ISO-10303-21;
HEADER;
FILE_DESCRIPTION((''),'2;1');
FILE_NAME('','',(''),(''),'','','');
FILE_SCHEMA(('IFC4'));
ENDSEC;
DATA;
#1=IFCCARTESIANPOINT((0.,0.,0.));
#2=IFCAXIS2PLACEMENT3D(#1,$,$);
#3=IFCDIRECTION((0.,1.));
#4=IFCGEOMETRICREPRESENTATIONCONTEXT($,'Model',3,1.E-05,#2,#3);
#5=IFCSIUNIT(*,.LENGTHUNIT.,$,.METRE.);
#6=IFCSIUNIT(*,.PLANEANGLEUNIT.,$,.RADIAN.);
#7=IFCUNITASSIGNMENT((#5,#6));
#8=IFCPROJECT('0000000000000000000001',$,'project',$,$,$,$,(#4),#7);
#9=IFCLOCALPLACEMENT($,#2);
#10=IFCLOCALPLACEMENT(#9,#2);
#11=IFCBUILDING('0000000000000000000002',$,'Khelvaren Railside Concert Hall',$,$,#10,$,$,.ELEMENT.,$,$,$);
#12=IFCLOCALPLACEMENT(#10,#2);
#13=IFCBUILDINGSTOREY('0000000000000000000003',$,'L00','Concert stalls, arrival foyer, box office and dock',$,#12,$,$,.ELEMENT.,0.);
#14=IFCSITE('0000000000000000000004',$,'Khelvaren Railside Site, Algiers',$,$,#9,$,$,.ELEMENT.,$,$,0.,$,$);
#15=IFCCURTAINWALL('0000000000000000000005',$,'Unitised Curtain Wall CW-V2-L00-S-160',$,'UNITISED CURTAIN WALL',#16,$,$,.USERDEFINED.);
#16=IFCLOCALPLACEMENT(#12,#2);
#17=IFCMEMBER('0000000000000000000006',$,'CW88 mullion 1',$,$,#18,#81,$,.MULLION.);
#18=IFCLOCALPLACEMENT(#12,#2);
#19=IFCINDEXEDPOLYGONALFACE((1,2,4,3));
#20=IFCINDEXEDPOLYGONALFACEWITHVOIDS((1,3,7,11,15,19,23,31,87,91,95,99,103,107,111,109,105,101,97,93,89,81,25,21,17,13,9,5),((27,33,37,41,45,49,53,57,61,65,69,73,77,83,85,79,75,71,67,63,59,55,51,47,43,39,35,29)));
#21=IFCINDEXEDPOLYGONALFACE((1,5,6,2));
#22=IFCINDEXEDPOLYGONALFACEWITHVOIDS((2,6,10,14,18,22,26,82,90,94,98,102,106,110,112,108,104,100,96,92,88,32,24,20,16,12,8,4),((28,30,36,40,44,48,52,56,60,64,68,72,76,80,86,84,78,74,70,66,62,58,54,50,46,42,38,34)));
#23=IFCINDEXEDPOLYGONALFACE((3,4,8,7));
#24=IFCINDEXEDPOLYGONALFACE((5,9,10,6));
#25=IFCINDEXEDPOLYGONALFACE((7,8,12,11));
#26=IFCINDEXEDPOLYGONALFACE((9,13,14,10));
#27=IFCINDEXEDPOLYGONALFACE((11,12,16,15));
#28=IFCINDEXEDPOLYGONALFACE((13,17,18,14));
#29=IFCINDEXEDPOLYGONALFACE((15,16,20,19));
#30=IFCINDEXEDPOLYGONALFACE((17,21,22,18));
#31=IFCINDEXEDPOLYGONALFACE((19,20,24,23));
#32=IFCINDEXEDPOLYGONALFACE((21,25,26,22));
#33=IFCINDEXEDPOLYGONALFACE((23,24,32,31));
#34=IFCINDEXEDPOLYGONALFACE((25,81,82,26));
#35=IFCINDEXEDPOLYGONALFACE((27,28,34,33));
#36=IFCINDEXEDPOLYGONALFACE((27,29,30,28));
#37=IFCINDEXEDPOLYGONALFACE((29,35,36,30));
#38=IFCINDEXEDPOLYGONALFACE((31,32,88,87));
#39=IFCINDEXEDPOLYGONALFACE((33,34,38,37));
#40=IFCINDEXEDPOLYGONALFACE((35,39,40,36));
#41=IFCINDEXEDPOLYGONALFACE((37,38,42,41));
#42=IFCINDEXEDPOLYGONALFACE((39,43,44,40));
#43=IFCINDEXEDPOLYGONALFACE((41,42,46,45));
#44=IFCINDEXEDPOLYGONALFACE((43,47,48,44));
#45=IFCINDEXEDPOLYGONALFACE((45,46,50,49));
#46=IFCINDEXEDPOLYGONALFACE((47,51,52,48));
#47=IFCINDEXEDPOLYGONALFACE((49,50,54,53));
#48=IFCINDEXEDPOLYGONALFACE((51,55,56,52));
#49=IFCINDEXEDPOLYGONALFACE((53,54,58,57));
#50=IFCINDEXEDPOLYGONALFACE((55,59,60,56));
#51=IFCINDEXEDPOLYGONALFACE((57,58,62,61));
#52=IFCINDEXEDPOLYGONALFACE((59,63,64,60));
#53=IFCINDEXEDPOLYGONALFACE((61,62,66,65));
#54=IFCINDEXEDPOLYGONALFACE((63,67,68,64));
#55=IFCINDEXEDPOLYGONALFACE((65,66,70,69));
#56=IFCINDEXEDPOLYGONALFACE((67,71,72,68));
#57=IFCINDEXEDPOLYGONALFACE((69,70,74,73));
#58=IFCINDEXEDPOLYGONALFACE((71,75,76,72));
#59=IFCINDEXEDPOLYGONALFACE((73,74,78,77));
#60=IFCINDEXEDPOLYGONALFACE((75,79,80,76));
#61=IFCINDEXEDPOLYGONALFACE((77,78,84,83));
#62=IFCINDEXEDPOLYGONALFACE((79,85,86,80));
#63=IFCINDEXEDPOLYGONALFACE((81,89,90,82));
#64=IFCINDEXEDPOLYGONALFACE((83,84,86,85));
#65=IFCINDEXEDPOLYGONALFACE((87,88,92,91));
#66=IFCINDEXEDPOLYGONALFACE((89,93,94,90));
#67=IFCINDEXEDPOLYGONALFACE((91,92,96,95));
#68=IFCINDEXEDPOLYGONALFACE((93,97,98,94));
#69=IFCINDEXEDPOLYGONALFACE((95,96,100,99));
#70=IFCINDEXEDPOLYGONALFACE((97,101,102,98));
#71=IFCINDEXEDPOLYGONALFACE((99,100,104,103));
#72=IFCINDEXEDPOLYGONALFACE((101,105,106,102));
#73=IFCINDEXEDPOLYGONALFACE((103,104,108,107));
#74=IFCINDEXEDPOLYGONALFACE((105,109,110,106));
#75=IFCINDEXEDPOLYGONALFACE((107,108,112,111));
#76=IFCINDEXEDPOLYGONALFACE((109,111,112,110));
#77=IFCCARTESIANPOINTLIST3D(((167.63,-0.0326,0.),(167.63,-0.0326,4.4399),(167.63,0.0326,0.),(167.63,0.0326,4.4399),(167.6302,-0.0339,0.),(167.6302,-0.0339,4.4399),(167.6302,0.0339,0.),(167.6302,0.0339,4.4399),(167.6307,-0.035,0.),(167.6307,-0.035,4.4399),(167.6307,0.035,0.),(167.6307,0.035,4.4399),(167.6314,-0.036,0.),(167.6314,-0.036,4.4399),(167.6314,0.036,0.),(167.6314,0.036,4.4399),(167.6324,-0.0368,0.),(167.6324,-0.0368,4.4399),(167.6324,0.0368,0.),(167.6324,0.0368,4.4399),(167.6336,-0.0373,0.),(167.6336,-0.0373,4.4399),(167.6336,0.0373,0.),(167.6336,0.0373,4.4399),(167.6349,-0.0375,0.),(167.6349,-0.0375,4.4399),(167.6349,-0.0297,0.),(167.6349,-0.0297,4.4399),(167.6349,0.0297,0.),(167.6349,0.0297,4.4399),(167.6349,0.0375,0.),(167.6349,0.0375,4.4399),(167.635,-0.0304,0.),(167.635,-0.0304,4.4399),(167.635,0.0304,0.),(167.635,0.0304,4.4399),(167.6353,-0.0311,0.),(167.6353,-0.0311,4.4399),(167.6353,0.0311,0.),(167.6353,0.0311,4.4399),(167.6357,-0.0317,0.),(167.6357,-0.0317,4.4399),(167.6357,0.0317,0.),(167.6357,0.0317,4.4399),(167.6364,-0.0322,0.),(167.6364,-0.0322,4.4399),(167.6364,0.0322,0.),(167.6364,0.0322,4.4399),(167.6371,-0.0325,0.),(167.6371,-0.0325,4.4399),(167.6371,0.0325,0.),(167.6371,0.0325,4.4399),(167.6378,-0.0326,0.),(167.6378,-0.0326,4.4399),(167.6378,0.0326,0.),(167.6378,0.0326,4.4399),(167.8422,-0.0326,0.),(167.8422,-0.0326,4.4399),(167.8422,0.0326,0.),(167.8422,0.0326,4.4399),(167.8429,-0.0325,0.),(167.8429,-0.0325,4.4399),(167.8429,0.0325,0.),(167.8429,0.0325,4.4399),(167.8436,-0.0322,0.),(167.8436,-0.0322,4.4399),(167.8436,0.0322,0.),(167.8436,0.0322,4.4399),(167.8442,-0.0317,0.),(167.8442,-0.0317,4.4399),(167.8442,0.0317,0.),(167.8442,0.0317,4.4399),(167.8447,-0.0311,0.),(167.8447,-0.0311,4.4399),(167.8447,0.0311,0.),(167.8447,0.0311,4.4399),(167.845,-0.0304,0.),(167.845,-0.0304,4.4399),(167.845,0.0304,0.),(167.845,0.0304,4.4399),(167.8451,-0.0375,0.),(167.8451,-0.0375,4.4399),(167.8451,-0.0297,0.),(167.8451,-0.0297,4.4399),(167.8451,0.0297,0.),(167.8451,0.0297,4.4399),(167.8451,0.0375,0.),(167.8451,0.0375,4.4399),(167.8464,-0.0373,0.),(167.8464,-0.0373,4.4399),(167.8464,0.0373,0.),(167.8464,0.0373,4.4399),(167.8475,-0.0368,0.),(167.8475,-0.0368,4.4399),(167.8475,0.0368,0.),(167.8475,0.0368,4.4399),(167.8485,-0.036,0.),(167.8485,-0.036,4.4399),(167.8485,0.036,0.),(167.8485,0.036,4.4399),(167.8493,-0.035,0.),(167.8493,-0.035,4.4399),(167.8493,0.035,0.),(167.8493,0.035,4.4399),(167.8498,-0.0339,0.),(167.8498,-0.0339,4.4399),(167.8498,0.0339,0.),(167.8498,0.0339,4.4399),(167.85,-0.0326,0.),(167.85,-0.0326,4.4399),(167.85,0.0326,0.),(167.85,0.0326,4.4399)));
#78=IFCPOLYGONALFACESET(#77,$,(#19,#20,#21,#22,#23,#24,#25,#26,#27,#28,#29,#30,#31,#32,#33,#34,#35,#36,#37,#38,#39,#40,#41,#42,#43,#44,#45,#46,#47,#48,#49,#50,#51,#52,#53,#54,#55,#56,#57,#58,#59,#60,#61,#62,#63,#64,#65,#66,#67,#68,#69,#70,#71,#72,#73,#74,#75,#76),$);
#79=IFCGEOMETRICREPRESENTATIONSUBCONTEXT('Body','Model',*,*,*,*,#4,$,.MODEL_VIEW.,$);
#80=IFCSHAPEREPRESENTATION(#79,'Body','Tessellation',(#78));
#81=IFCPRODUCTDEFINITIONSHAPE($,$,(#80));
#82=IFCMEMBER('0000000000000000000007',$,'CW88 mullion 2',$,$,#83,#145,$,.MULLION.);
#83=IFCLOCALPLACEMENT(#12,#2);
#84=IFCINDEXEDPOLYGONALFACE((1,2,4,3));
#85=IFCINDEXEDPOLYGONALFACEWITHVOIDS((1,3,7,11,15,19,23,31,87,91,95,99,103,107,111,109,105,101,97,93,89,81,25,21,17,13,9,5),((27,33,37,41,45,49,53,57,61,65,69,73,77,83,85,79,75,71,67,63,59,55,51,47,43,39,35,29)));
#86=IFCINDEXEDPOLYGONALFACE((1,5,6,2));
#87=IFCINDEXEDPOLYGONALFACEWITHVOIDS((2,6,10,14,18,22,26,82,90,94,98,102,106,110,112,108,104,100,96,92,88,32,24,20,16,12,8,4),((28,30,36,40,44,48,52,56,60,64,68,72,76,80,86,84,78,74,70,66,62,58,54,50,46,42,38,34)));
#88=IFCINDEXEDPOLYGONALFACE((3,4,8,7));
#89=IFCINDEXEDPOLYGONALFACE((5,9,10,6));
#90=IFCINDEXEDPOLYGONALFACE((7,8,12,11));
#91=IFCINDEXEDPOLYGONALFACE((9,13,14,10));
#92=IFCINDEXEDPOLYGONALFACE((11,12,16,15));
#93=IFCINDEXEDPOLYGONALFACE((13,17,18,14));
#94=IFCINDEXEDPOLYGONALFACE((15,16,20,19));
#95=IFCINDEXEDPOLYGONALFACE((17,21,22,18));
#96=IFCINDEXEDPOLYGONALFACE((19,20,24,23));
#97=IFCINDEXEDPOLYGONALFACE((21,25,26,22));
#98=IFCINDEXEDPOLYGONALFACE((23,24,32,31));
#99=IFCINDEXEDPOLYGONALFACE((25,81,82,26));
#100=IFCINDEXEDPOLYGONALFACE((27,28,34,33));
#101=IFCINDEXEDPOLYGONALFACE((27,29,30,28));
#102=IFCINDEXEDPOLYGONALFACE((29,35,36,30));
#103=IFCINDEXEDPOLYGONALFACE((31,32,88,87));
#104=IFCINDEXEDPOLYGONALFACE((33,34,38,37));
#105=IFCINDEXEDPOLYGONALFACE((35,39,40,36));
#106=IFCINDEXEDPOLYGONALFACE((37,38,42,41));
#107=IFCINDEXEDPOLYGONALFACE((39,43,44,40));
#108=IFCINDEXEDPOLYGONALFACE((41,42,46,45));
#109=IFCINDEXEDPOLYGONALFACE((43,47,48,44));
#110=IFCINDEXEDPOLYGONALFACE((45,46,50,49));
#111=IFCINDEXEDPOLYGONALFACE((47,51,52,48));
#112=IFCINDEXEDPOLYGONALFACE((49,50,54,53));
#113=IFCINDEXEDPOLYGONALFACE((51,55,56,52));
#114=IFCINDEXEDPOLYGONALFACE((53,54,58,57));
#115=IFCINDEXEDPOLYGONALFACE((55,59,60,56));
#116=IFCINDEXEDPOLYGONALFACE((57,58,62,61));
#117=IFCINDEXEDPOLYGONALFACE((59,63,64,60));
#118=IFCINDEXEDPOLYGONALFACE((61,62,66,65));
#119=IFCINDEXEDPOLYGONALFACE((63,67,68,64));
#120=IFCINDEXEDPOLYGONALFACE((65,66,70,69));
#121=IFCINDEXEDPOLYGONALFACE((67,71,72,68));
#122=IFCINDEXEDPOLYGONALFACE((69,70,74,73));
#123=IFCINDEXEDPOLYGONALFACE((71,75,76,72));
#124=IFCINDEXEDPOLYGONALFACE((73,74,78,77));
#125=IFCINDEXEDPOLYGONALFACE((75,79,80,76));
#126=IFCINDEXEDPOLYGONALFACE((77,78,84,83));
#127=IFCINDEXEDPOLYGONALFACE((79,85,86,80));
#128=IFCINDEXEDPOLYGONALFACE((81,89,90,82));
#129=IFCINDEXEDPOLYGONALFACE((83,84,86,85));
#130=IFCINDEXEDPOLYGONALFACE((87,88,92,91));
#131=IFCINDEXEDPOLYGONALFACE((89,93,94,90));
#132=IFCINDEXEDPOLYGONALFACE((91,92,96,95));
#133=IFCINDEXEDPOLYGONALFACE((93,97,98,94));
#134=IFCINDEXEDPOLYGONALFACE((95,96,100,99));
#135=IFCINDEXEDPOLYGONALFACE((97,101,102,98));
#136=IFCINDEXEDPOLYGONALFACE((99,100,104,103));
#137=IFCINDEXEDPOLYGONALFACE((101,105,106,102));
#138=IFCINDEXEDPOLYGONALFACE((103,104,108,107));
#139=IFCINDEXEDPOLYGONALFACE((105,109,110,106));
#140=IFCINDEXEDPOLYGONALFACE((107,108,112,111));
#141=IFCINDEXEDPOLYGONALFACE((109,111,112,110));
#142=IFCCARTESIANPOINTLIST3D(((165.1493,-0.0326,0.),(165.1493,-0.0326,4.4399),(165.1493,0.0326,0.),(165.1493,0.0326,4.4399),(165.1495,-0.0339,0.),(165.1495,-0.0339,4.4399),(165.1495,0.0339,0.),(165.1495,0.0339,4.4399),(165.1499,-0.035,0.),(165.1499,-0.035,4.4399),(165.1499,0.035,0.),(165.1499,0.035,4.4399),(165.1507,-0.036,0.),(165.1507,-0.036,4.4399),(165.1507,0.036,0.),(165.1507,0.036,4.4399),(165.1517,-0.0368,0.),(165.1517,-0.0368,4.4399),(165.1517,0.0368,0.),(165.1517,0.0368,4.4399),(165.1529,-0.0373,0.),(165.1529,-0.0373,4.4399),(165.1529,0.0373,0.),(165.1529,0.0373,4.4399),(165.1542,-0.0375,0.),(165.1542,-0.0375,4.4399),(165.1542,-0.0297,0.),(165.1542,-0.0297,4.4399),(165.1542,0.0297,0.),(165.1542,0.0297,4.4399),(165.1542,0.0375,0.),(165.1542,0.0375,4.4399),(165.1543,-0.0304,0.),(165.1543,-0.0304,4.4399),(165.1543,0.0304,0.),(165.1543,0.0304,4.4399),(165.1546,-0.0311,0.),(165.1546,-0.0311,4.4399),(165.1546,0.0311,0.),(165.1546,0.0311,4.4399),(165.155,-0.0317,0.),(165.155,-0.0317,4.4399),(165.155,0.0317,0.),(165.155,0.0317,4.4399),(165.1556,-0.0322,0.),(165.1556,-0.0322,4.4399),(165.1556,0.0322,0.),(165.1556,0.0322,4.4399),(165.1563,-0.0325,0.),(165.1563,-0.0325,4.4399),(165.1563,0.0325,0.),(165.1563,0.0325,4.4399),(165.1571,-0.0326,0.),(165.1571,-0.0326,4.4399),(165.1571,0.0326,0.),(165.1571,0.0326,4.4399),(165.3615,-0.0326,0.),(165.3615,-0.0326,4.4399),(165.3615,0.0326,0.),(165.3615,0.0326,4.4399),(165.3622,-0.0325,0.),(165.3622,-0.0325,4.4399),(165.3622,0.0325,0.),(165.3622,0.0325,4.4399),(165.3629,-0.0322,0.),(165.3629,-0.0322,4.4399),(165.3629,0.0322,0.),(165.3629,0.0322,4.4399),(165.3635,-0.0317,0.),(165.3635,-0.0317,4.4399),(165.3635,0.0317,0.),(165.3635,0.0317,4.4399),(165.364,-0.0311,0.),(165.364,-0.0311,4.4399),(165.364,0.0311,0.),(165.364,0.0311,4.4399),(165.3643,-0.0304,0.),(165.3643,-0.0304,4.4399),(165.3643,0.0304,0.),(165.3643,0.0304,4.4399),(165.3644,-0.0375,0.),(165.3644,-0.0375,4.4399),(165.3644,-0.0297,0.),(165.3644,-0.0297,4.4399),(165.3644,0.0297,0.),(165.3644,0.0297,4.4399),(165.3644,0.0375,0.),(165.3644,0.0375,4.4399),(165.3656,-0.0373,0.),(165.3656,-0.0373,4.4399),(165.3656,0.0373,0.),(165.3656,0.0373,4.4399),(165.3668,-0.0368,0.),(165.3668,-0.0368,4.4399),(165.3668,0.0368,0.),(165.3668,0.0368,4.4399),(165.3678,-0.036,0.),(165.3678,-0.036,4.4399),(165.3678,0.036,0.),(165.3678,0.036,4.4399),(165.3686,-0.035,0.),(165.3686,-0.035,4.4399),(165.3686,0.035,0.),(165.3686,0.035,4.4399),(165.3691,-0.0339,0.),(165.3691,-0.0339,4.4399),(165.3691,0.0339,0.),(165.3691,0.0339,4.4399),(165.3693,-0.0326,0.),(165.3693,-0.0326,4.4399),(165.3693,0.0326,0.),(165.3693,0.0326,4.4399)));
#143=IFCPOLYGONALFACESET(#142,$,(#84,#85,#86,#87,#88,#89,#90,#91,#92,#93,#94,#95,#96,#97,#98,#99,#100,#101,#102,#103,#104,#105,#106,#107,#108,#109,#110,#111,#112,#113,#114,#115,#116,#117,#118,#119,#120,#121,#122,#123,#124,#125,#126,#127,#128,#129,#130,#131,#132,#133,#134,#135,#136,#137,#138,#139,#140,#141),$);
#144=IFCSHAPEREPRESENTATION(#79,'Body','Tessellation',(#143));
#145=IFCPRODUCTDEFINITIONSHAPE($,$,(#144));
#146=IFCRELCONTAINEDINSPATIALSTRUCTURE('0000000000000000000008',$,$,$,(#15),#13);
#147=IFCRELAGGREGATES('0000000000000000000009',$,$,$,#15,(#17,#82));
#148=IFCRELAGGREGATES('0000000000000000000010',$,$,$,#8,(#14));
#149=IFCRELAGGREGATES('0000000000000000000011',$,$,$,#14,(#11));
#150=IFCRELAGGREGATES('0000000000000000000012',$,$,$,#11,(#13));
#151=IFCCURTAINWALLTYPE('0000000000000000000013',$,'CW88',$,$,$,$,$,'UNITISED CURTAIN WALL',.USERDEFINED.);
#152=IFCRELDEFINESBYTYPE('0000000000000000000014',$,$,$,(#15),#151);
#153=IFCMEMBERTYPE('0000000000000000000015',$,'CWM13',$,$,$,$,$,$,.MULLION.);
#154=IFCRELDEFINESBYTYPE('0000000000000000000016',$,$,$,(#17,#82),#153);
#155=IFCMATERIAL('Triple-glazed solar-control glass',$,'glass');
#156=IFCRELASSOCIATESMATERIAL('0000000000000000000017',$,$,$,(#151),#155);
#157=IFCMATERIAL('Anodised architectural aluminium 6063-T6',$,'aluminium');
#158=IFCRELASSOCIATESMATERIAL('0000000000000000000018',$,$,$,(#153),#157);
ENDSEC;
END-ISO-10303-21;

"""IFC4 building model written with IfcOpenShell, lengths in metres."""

from ifc_helpers import new_model, si_unit, direction, frame, origin, origin_2d, place, context, subcontext, project, spatial, hollow_rectangle, extrude, material, material_profile, profile_set, type_object, element, aggregate, save


model = new_model("IFC4")

# Units and contexts
model_context = context("Model", 3, precision=1e-05, world=origin(), true_north=direction((0.0, 1.0)))
body_context = subcontext(model_context, "Body", "Model", "MODEL_VIEW")
ifc_project = project(units=[si_unit("LENGTHUNIT", "METRE"), si_unit("PLANEANGLEUNIT", "RADIAN")], contexts=[model_context])

# Site, building, storey
site_placement = place(None, origin())
site = spatial("IfcSite", under=ifc_project, at=site_placement, Name="Khelvaren Railside Site, Algiers", CompositionType="ELEMENT", RefElevation=0.0)
building_placement = place(site_placement, origin())
building = spatial("IfcBuilding", under=site, at=building_placement, Name="Khelvaren Railside Concert Hall", CompositionType="ELEMENT")
storey_placement = place(building_placement, origin())
storey = spatial("IfcBuildingStorey", under=building, at=storey_placement, Name="L00", Description="Concert stalls, arrival foyer, box office and dock", CompositionType="ELEMENT", Elevation=0.0)

# Curtain wall, members
ifc_material_1 = material(Name="Triple-glazed solar-control glass", Category="glass")
curtain_wall_type = type_object("IfcCurtainWallType", Name="CW88", ElementType="UNITISED CURTAIN WALL", PredefinedType="USERDEFINED", material=ifc_material_1)
curtain_wall_placement = place(storey_placement, origin())
curtain_wall = element("IfcCurtainWall", 1, at=curtain_wall_placement, inside=storey, type_object=curtain_wall_type, Name="Unitised Curtain Wall CW-V2-L00-S-160", ObjectType="UNITISED CURTAIN WALL", PredefinedType="USERDEFINED")
ifc_material_2 = material(Name="Anodised architectural aluminium 6063-T6", Category="aluminium")
ifc_material_profile_1 = material_profile(ifc_material_2, hollow_rectangle(XDim=0.075, YDim=0.22, WallThickness=0.0049, InnerFilletRadius=0.0029, OuterFilletRadius=0.0049, at=origin_2d()), Name="CWM 75x220x5")
ifc_profile_set_1 = profile_set([ifc_material_profile_1], Name="Anodised architectural aluminium 6063-T6")
member_type_1 = type_object("IfcMemberType", Name="CWM13", PredefinedType="MULLION", material=ifc_profile_set_1)
member_1_placement = place(storey_placement, frame((167.74, 0.0, 0.0), z_axis=(0.0, 0.0, 1.0), x_axis=(0.0, -1.0, 0.0)))
member_1 = element("IfcMember", 2, at=member_1_placement, type_object=member_type_1, Name="CW88 mullion 1", PredefinedType="MULLION", context=body_context, shape_type="SweptSolid", body=[
    extrude(hollow_rectangle(XDim=0.075, YDim=0.22, WallThickness=0.0049, InnerFilletRadius=0.0029, OuterFilletRadius=0.0049, at=origin_2d()), origin(), (0.0, 0.0, 1.0), 4.4399),
])
member_2_placement = place(storey_placement, frame((165.2593, 0.0, 0.0), z_axis=(0.0, 0.0, 1.0), x_axis=(0.0, -1.0, 0.0)))
member_2 = element("IfcMember", 3, at=member_2_placement, type_object=member_type_1, Name="CW88 mullion 2", PredefinedType="MULLION", context=body_context, shape_type="SweptSolid", body=[
    extrude(hollow_rectangle(XDim=0.075, YDim=0.22, WallThickness=0.0049, InnerFilletRadius=0.0029, OuterFilletRadius=0.0049, at=origin_2d()), origin(), (0.0, 0.0, 1.0), 4.4399),
])

aggregate(curtain_wall, [member_1, member_2])

save(model, "model.ifc")
